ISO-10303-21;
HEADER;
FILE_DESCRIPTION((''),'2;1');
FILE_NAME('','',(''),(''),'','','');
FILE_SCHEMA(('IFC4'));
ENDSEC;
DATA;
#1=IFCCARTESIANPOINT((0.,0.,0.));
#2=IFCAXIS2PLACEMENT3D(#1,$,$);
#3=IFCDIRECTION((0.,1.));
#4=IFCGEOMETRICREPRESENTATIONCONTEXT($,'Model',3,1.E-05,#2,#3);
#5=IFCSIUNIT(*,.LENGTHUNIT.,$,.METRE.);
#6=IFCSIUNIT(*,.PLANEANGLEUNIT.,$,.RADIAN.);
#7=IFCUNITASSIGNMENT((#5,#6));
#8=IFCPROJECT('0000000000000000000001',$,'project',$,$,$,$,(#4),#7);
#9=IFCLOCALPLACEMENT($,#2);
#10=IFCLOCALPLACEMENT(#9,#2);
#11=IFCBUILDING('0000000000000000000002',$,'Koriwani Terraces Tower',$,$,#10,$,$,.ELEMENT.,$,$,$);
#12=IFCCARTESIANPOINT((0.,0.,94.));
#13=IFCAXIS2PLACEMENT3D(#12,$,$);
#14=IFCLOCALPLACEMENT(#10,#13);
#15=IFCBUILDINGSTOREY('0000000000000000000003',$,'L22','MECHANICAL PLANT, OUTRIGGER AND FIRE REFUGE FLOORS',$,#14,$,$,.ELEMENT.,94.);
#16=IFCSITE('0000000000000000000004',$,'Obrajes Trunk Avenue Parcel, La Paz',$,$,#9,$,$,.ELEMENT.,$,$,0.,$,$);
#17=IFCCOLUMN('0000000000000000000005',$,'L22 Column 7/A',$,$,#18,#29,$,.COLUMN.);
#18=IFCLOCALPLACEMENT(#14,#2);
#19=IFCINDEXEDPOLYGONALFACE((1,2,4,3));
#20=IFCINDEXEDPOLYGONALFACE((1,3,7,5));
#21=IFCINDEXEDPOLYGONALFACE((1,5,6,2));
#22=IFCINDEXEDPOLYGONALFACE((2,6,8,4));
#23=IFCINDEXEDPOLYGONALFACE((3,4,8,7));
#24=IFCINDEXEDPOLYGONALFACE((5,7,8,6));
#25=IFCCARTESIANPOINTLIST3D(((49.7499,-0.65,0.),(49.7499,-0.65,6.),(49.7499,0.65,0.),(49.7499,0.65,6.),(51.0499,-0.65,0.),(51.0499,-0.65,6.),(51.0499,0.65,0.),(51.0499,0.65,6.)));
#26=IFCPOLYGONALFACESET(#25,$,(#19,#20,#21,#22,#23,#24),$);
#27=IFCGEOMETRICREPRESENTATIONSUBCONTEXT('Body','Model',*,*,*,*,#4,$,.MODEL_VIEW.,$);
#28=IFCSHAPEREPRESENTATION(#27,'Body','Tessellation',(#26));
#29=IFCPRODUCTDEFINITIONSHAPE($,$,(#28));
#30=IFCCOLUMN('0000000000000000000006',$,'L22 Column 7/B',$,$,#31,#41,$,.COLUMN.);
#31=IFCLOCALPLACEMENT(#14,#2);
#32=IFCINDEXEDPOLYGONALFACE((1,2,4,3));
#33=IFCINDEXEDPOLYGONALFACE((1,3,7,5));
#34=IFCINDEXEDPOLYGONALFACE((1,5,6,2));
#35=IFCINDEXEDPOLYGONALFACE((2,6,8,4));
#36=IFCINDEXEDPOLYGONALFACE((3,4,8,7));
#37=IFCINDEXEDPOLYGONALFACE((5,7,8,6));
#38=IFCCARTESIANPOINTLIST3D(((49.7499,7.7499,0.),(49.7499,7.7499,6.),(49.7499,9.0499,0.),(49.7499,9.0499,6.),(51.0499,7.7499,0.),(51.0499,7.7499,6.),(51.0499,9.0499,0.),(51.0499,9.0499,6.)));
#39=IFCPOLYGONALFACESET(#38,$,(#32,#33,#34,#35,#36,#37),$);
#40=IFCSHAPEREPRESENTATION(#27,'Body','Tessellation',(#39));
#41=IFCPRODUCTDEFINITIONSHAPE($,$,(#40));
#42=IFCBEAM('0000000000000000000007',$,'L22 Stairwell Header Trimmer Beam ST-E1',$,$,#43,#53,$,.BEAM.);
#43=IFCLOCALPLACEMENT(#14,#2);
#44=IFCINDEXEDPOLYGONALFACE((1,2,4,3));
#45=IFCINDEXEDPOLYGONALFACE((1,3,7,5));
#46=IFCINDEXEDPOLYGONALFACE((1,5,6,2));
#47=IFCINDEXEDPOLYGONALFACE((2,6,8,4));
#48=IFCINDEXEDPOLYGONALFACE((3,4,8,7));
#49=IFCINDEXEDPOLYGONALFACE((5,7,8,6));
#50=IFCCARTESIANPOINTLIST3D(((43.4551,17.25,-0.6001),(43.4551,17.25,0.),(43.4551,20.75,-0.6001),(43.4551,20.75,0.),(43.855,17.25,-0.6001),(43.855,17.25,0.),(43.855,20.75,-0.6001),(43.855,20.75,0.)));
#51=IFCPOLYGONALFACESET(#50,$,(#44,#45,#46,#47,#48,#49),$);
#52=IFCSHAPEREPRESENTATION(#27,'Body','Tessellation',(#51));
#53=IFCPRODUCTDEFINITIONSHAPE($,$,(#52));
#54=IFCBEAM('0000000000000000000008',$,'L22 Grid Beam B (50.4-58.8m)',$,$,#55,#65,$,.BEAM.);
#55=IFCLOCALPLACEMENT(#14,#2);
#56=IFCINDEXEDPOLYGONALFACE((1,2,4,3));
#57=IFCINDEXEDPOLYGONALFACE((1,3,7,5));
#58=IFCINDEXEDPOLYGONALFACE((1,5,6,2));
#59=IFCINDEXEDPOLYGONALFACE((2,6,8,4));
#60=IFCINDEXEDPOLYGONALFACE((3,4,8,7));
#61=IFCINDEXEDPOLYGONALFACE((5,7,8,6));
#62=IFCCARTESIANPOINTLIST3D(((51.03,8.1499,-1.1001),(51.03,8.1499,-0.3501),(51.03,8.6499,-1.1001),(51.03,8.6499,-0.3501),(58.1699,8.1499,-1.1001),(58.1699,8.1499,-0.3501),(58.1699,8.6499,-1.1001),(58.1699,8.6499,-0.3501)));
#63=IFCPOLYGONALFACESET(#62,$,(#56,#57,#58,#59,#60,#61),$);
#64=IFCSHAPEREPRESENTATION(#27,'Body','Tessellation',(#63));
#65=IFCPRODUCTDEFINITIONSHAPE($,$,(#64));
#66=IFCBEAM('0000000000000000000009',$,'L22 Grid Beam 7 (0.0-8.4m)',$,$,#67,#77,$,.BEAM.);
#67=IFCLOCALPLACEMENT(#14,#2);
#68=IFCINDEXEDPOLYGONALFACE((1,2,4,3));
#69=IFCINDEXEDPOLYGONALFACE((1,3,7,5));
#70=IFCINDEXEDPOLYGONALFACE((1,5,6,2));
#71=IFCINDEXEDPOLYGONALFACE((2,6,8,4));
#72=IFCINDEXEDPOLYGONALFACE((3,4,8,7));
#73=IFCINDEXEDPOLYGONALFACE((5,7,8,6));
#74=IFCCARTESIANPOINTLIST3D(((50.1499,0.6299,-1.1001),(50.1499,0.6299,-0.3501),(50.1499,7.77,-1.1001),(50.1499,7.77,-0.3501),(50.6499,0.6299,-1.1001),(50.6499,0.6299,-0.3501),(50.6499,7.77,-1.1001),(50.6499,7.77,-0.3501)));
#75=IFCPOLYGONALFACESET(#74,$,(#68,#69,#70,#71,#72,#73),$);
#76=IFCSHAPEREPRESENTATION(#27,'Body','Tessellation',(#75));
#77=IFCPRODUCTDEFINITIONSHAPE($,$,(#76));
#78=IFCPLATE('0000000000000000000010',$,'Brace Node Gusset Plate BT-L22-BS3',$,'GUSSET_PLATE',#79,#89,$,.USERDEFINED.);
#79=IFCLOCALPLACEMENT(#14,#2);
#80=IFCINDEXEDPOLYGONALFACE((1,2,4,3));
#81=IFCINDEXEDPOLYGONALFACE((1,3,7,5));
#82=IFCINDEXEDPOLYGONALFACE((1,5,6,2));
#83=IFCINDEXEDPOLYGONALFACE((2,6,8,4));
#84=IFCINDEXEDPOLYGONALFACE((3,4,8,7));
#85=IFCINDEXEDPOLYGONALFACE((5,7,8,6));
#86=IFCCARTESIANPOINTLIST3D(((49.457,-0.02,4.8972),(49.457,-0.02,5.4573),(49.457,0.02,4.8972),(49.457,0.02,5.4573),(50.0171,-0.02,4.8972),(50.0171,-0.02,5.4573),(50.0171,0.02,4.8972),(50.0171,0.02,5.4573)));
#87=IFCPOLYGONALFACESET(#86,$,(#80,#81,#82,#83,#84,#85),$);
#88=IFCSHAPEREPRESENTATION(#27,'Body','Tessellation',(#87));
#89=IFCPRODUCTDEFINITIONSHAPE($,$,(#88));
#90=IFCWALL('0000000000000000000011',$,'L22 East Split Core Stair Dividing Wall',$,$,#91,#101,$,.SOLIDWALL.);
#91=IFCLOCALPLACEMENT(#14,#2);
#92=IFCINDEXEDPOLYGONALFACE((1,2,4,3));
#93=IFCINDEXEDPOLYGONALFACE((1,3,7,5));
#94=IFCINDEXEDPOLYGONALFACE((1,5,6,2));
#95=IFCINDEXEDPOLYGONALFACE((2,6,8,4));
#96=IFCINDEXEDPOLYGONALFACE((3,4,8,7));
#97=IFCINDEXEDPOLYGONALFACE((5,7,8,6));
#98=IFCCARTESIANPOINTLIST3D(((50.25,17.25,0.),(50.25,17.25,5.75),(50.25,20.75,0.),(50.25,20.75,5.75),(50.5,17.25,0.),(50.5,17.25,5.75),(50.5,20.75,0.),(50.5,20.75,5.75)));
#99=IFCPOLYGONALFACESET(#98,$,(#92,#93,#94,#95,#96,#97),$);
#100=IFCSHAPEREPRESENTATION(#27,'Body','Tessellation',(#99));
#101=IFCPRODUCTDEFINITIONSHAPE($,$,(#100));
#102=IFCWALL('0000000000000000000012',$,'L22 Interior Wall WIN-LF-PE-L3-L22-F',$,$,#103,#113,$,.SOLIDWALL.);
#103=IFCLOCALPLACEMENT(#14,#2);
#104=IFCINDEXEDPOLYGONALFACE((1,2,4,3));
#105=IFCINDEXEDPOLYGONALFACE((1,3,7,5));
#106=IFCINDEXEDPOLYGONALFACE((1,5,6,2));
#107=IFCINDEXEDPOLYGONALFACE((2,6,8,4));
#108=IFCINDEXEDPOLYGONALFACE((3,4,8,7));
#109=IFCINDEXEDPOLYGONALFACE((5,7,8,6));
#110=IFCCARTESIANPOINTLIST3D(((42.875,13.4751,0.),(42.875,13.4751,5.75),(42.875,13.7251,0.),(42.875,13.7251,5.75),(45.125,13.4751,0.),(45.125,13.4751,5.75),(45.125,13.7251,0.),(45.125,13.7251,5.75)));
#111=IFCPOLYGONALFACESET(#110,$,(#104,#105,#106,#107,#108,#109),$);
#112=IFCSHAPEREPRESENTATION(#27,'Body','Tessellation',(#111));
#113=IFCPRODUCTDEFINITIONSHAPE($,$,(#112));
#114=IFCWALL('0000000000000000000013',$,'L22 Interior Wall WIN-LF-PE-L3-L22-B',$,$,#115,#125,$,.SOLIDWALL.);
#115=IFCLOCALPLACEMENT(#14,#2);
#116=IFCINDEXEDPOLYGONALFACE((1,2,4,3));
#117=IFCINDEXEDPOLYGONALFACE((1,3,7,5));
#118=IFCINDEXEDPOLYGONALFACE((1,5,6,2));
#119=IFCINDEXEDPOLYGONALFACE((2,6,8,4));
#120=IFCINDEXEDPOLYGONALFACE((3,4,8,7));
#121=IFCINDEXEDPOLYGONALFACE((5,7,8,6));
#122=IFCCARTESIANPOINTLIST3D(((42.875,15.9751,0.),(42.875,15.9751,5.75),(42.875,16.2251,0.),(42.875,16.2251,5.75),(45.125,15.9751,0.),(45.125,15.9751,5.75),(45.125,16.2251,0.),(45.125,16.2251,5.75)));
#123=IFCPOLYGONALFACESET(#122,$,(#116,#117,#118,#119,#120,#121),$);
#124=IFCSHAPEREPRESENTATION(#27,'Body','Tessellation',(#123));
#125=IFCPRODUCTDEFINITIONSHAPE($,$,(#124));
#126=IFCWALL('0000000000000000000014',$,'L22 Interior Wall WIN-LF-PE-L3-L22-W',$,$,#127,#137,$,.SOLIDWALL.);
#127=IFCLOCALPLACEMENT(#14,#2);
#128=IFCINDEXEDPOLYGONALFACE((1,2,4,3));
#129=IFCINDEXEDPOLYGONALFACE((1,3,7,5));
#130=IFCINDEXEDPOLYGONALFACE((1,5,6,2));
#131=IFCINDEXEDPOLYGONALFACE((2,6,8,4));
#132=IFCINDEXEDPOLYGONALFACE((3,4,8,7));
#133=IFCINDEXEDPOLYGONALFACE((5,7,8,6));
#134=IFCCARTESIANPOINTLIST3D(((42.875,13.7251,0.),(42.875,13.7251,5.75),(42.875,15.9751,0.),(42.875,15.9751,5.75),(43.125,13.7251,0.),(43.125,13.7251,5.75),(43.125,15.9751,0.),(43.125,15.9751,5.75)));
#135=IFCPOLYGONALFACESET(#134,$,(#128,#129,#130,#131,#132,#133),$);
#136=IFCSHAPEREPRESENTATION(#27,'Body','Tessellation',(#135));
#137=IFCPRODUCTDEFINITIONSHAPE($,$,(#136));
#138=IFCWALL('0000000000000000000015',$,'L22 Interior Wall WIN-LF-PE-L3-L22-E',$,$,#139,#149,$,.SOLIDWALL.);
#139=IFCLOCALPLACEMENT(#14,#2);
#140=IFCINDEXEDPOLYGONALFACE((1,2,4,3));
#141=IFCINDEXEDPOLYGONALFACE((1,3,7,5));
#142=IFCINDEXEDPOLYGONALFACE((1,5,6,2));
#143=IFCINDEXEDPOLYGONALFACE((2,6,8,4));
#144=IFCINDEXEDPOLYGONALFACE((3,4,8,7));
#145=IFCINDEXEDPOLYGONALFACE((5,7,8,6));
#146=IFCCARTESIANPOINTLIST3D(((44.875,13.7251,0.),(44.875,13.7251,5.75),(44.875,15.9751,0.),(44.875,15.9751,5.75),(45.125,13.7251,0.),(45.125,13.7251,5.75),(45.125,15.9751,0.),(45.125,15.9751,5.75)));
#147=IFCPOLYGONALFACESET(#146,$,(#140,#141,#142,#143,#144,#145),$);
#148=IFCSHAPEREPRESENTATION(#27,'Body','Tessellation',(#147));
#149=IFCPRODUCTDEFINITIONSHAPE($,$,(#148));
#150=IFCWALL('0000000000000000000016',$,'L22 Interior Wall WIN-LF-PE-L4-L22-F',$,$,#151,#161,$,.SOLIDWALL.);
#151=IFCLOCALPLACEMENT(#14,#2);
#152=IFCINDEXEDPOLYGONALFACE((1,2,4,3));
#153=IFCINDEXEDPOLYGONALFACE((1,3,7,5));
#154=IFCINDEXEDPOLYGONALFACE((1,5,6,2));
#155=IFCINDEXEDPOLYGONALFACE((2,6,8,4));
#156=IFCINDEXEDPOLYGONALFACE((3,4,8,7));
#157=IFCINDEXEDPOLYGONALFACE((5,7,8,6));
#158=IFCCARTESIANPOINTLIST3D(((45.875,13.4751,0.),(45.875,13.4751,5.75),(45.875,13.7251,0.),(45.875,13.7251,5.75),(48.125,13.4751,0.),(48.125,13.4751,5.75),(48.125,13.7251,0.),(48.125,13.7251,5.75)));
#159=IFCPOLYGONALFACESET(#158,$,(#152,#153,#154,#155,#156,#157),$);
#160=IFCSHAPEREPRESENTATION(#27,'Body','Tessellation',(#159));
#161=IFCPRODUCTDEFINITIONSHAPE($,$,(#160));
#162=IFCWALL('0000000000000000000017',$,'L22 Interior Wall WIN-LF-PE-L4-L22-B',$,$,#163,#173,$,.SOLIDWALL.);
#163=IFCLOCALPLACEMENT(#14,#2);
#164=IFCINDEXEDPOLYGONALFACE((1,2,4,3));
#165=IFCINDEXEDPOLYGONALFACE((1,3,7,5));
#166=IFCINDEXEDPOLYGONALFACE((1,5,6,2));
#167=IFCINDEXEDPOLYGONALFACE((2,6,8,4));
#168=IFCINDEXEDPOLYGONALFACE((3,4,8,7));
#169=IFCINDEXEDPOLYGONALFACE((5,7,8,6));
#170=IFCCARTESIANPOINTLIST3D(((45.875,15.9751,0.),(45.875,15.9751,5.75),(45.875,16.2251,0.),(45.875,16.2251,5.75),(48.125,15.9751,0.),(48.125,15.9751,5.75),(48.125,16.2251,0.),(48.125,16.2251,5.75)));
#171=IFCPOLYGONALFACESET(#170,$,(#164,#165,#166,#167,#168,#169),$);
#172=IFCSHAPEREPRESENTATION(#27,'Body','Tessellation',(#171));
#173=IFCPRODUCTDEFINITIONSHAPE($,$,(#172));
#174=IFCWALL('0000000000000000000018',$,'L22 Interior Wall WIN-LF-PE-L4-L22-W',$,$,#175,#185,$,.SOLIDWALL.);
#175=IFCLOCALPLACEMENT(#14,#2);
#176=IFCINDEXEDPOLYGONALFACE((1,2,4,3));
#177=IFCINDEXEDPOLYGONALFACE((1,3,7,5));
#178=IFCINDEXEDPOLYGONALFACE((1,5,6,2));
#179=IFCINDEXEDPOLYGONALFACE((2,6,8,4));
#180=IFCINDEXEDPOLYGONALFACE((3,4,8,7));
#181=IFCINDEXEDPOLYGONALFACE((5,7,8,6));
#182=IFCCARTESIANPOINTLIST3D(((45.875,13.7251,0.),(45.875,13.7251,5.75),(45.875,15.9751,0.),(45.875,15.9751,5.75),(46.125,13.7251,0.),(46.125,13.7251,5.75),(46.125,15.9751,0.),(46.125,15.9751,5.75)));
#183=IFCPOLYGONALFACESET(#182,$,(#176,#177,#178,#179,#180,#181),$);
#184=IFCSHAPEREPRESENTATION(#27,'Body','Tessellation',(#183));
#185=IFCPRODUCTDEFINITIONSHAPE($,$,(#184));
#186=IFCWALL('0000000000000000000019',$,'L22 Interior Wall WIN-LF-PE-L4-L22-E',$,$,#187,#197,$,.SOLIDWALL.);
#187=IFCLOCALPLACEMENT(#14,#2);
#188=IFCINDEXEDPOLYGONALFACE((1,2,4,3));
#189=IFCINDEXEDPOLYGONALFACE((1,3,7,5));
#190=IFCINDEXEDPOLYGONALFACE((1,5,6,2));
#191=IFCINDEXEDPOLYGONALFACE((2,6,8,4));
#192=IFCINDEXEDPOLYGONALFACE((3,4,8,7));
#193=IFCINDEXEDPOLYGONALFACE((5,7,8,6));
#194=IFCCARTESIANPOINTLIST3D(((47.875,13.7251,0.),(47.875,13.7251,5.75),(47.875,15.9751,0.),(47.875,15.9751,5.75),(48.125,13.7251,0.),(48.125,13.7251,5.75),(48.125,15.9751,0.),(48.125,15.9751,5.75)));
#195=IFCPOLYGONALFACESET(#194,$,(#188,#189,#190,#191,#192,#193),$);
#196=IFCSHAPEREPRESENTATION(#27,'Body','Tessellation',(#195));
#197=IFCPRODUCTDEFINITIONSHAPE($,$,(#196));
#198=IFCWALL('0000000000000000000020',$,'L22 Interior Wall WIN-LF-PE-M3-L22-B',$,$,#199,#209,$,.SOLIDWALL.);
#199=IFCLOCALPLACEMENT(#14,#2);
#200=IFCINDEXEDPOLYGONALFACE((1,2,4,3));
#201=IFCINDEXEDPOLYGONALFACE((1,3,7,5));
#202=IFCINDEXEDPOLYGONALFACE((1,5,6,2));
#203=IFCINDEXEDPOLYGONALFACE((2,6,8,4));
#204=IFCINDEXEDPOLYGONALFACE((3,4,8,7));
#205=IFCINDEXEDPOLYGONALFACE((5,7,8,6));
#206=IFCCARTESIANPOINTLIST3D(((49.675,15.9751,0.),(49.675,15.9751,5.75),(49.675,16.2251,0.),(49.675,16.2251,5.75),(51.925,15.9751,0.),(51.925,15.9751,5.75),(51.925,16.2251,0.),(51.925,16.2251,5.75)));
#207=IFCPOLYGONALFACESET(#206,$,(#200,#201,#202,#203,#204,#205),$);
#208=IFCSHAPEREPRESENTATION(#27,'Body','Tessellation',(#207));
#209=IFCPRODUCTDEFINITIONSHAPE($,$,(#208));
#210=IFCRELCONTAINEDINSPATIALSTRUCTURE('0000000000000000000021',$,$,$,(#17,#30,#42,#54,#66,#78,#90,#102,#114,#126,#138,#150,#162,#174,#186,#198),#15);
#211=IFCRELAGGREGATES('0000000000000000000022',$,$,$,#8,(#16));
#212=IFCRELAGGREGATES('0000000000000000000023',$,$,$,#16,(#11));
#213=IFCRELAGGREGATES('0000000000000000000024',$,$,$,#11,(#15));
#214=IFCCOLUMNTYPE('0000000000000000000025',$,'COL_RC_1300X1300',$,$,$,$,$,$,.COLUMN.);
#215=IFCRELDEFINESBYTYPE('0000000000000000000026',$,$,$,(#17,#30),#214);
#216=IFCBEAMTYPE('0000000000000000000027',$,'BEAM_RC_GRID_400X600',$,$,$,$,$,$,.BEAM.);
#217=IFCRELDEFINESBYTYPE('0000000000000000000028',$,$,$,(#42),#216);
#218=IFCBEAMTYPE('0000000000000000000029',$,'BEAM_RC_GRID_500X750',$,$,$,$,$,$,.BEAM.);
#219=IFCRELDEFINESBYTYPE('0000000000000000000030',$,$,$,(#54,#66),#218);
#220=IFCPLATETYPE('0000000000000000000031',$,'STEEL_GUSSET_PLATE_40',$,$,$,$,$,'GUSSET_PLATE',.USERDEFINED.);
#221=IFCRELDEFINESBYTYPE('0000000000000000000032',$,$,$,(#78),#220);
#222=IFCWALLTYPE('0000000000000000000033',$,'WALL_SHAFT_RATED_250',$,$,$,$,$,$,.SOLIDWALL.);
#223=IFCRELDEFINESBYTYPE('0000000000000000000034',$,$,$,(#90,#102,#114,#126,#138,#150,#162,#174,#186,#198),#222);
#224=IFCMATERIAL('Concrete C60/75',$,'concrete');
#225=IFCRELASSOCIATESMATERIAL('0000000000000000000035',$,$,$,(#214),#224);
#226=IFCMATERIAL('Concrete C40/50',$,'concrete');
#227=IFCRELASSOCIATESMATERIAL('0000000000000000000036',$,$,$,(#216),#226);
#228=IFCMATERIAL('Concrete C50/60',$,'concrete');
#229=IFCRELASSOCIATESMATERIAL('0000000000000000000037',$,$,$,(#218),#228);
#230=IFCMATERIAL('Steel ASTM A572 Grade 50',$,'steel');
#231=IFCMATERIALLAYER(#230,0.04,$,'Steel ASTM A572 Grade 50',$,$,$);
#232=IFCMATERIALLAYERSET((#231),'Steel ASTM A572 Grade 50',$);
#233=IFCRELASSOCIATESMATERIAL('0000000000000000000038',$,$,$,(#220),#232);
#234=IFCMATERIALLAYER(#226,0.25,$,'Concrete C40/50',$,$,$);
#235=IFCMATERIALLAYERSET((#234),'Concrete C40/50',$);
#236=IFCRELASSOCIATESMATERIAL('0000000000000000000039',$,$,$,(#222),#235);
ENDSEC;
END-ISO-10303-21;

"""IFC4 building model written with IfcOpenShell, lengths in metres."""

from ifc_helpers import new_model, si_unit, direction, frame, frame_2d, origin, origin_2d, place, context, subcontext, project, spatial, rectangle, extrude, material, layer, layer_set, material_profile, profile_set, type_object, element, save


model = new_model("IFC4")

# Units and contexts
model_context = context("Model", 3, precision=1e-05, world=origin(), true_north=direction((0.0, 1.0)))
body_context = subcontext(model_context, "Body", "Model", "MODEL_VIEW")
ifc_project = project(units=[si_unit("LENGTHUNIT", "METRE"), si_unit("PLANEANGLEUNIT", "RADIAN")], contexts=[model_context])

# Site, building, storey
site_placement = place(None, origin())
site = spatial("IfcSite", under=ifc_project, at=site_placement, Name="Obrajes Trunk Avenue Parcel, La Paz", CompositionType="ELEMENT", RefElevation=0.0)
building_placement = place(site_placement, origin())
building = spatial("IfcBuilding", under=site, at=building_placement, Name="Koriwani Terraces Tower", CompositionType="ELEMENT")
storey_placement = place(building_placement, frame((0.0, 0.0, 94.0)))
storey = spatial("IfcBuildingStorey", under=building, at=storey_placement, Name="L22", Description="MECHANICAL PLANT, OUTRIGGER AND FIRE REFUGE FLOORS", CompositionType="ELEMENT", Elevation=94.0)

# Columns
ifc_material_1 = material(Name="Concrete C60/75", Category="concrete")
ifc_material_profile_1 = material_profile(ifc_material_1, rectangle(XDim=1.3, YDim=1.3, at=origin_2d()), Name="Concrete C60/75", Category="LoadBearing")
ifc_profile_set_1 = profile_set([ifc_material_profile_1], Name="Concrete C60/75")
column_type = type_object("IfcColumnType", Name="COL_RC_1300X1300", PredefinedType="COLUMN", material=ifc_profile_set_1)
for number, where, z_axis, x_axis, name in (
    (1, (50.3999, 0.0, 0.0), (0.0, 0.0, 1.0), (1.0, 0.0, 0.0), "L22 Column 7/A"),
    (2, (50.3999, 8.3999, 0.0), (0.0, 0.0, 1.0), (1.0, 0.0, 0.0), "L22 Column 7/B"),
):
    element("IfcColumn", number, at=place(storey_placement, frame(where, z_axis=z_axis, x_axis=x_axis)), inside=storey, type_object=column_type, Name=name, PredefinedType="COLUMN", context=body_context, shape_type="SweptSolid", body=[
        extrude(rectangle(XDim=1.3, YDim=1.3, at=origin_2d()), origin(), (0.0, 0.0, 1.0), 6.0),
    ])

# Beams
ifc_material_2 = material(Name="Concrete C40/50", Category="concrete")
ifc_material_profile_2 = material_profile(ifc_material_2, rectangle(XDim=0.3999, YDim=0.6001, at=origin_2d()), Name="Concrete C40/50", Category="LoadBearing")
ifc_profile_set_2 = profile_set([ifc_material_profile_2], Name="Concrete C40/50")
beam_type_1 = type_object("IfcBeamType", Name="BEAM_RC_GRID_400X600", PredefinedType="BEAM", material=ifc_profile_set_2)
beam_1_placement = place(storey_placement, frame((43.655, 17.25, -0.3), z_axis=(0.0, 1.0, 0.0), x_axis=(-1.0, 0.0, 0.0)))
element("IfcBeam", 3, at=beam_1_placement, inside=storey, type_object=beam_type_1, Name="L22 Stairwell Header Trimmer Beam ST-E1", PredefinedType="BEAM", context=body_context, shape_type="SweptSolid", body=[
    extrude(rectangle(XDim=0.3999, YDim=0.6001, at=origin_2d()), origin(), (0.0, 0.0, 1.0), 3.5),
])
ifc_material_3 = material(Name="Concrete C50/60", Category="concrete")
ifc_material_profile_3 = material_profile(ifc_material_3, rectangle(XDim=0.5, YDim=0.75, at=origin_2d()), Name="Concrete C50/60", Category="LoadBearing")
ifc_profile_set_3 = profile_set([ifc_material_profile_3], Name="Concrete C50/60")
beam_type_2 = type_object("IfcBeamType", Name="BEAM_RC_GRID_500X750", PredefinedType="BEAM", material=ifc_profile_set_3)
beam_2_placement = place(storey_placement, frame((51.03, 8.3999, -0.7251), z_axis=(1.0, 0.0, 0.0), x_axis=(0.0, 1.0, 0.0)))
element("IfcBeam", 4, at=beam_2_placement, inside=storey, type_object=beam_type_2, Name="L22 Grid Beam B (50.4-58.8m)", PredefinedType="BEAM", context=body_context, shape_type="SweptSolid", body=[
    extrude(rectangle(XDim=0.5, YDim=0.75, at=origin_2d()), origin(), (0.0, 0.0, 1.0), 7.1399),
])
beam_3_placement = place(storey_placement, frame((50.3999, 0.6299, -0.7251), z_axis=(0.0, 1.0, 0.0), x_axis=(-1.0, 0.0, 0.0)))
element("IfcBeam", 5, at=beam_3_placement, inside=storey, type_object=beam_type_2, Name="L22 Grid Beam 7 (0.0-8.4m)", PredefinedType="BEAM", context=body_context, shape_type="SweptSolid", body=[
    extrude(rectangle(XDim=0.5, YDim=0.75, at=origin_2d()), origin(), (0.0, 0.0, 1.0), 7.1401),
])

# Plate
ifc_material_4 = material(Name="Steel ASTM A572 Grade 50", Category="steel")
ifc_layer_1 = layer(ifc_material_4, 0.04, Name="Steel ASTM A572 Grade 50")
ifc_layer_set_1 = layer_set([ifc_layer_1], Name="Steel ASTM A572 Grade 50")
plate_type = type_object("IfcPlateType", Name="STEEL_GUSSET_PLATE_40", ElementType="GUSSET_PLATE", PredefinedType="USERDEFINED", material=ifc_layer_set_1)
plate_placement = place(storey_placement, frame((49.7371, 0.0, 4.8972), z_axis=(0.0, 0.0, 1.0), x_axis=(1.0, 0.0, 0.0)))
element("IfcPlate", 6, at=plate_placement, inside=storey, type_object=plate_type, Name="Brace Node Gusset Plate BT-L22-BS3", ObjectType="GUSSET_PLATE", PredefinedType="USERDEFINED", context=body_context, shape_type="SweptSolid", body=[
    extrude(rectangle(XDim=0.5601, YDim=0.04, at=origin_2d()), origin(), (0.0, 0.0, 1.0), 0.5601),
])

# Walls
ifc_layer_2 = layer(ifc_material_2, 0.25, Name="Concrete C40/50")
ifc_layer_set_2 = layer_set([ifc_layer_2], Name="Concrete C40/50")
wall_type = type_object("IfcWallType", Name="WALL_SHAFT_RATED_250", PredefinedType="SOLIDWALL", material=ifc_layer_set_2)
wall_1_placement = place(storey_placement, frame((50.375, 17.25, 0.0), z_axis=(0.0, 0.0, 1.0), x_axis=(0.0, 1.0, 0.0)))
element("IfcWall", 7, at=wall_1_placement, inside=storey, type_object=wall_type, Name="L22 East Split Core Stair Dividing Wall", PredefinedType="SOLIDWALL", context=body_context, shape_type="SweptSolid", body=[
    extrude(rectangle(XDim=3.5, YDim=0.25, at=frame_2d((1.75, 0.0))), origin(), (0.0, 0.0, 1.0), 5.75),
])
for number, where, z_axis, x_axis, name in (
    (8, (42.875, 13.6001, 0.0), (0.0, 0.0, 1.0), (1.0, 0.0, 0.0), "L22 Interior Wall WIN-LF-PE-L3-L22-F"),
    (9, (42.875, 16.1001, 0.0), (0.0, 0.0, 1.0), (1.0, 0.0, 0.0), "L22 Interior Wall WIN-LF-PE-L3-L22-B"),
    (10, (43.0, 13.7251, 0.0), (0.0, 0.0, 1.0), (0.0, 1.0, 0.0), "L22 Interior Wall WIN-LF-PE-L3-L22-W"),
    (11, (45.0, 13.7251, 0.0), (0.0, 0.0, 1.0), (0.0, 1.0, 0.0), "L22 Interior Wall WIN-LF-PE-L3-L22-E"),
    (12, (45.875, 13.6001, 0.0), (0.0, 0.0, 1.0), (1.0, 0.0, 0.0), "L22 Interior Wall WIN-LF-PE-L4-L22-F"),
    (13, (45.875, 16.1001, 0.0), (0.0, 0.0, 1.0), (1.0, 0.0, 0.0), "L22 Interior Wall WIN-LF-PE-L4-L22-B"),
    (14, (46.0, 13.7251, 0.0), (0.0, 0.0, 1.0), (0.0, 1.0, 0.0), "L22 Interior Wall WIN-LF-PE-L4-L22-W"),
    (15, (48.0, 13.7251, 0.0), (0.0, 0.0, 1.0), (0.0, 1.0, 0.0), "L22 Interior Wall WIN-LF-PE-L4-L22-E"),
):
    element("IfcWall", number, at=place(storey_placement, frame(where, z_axis=z_axis, x_axis=x_axis)), inside=storey, type_object=wall_type, Name=name, PredefinedType="SOLIDWALL", context=body_context, shape_type="SweptSolid", body=[
        extrude(rectangle(XDim=2.25, YDim=0.25, at=frame_2d((1.125, 0.0))), origin(), (0.0, 0.0, 1.0), 5.75),
    ])

# Wall
for number, where, z_axis, x_axis, name in (
    (16, (49.675, 16.1001, 0.0), (0.0, 0.0, 1.0), (1.0, 0.0, 0.0), "L22 Interior Wall WIN-LF-PE-M3-L22-B"),
):
    element("IfcWall", number, at=place(storey_placement, frame(where, z_axis=z_axis, x_axis=x_axis)), inside=storey, type_object=wall_type, Name=name, PredefinedType="SOLIDWALL", context=body_context, shape_type="SweptSolid", body=[
        extrude(rectangle(XDim=2.25, YDim=0.25, at=frame_2d((1.125, 0.0))), origin(), (0.0, 0.0, 1.0), 5.75),
    ])

save(model, "model.ifc")
